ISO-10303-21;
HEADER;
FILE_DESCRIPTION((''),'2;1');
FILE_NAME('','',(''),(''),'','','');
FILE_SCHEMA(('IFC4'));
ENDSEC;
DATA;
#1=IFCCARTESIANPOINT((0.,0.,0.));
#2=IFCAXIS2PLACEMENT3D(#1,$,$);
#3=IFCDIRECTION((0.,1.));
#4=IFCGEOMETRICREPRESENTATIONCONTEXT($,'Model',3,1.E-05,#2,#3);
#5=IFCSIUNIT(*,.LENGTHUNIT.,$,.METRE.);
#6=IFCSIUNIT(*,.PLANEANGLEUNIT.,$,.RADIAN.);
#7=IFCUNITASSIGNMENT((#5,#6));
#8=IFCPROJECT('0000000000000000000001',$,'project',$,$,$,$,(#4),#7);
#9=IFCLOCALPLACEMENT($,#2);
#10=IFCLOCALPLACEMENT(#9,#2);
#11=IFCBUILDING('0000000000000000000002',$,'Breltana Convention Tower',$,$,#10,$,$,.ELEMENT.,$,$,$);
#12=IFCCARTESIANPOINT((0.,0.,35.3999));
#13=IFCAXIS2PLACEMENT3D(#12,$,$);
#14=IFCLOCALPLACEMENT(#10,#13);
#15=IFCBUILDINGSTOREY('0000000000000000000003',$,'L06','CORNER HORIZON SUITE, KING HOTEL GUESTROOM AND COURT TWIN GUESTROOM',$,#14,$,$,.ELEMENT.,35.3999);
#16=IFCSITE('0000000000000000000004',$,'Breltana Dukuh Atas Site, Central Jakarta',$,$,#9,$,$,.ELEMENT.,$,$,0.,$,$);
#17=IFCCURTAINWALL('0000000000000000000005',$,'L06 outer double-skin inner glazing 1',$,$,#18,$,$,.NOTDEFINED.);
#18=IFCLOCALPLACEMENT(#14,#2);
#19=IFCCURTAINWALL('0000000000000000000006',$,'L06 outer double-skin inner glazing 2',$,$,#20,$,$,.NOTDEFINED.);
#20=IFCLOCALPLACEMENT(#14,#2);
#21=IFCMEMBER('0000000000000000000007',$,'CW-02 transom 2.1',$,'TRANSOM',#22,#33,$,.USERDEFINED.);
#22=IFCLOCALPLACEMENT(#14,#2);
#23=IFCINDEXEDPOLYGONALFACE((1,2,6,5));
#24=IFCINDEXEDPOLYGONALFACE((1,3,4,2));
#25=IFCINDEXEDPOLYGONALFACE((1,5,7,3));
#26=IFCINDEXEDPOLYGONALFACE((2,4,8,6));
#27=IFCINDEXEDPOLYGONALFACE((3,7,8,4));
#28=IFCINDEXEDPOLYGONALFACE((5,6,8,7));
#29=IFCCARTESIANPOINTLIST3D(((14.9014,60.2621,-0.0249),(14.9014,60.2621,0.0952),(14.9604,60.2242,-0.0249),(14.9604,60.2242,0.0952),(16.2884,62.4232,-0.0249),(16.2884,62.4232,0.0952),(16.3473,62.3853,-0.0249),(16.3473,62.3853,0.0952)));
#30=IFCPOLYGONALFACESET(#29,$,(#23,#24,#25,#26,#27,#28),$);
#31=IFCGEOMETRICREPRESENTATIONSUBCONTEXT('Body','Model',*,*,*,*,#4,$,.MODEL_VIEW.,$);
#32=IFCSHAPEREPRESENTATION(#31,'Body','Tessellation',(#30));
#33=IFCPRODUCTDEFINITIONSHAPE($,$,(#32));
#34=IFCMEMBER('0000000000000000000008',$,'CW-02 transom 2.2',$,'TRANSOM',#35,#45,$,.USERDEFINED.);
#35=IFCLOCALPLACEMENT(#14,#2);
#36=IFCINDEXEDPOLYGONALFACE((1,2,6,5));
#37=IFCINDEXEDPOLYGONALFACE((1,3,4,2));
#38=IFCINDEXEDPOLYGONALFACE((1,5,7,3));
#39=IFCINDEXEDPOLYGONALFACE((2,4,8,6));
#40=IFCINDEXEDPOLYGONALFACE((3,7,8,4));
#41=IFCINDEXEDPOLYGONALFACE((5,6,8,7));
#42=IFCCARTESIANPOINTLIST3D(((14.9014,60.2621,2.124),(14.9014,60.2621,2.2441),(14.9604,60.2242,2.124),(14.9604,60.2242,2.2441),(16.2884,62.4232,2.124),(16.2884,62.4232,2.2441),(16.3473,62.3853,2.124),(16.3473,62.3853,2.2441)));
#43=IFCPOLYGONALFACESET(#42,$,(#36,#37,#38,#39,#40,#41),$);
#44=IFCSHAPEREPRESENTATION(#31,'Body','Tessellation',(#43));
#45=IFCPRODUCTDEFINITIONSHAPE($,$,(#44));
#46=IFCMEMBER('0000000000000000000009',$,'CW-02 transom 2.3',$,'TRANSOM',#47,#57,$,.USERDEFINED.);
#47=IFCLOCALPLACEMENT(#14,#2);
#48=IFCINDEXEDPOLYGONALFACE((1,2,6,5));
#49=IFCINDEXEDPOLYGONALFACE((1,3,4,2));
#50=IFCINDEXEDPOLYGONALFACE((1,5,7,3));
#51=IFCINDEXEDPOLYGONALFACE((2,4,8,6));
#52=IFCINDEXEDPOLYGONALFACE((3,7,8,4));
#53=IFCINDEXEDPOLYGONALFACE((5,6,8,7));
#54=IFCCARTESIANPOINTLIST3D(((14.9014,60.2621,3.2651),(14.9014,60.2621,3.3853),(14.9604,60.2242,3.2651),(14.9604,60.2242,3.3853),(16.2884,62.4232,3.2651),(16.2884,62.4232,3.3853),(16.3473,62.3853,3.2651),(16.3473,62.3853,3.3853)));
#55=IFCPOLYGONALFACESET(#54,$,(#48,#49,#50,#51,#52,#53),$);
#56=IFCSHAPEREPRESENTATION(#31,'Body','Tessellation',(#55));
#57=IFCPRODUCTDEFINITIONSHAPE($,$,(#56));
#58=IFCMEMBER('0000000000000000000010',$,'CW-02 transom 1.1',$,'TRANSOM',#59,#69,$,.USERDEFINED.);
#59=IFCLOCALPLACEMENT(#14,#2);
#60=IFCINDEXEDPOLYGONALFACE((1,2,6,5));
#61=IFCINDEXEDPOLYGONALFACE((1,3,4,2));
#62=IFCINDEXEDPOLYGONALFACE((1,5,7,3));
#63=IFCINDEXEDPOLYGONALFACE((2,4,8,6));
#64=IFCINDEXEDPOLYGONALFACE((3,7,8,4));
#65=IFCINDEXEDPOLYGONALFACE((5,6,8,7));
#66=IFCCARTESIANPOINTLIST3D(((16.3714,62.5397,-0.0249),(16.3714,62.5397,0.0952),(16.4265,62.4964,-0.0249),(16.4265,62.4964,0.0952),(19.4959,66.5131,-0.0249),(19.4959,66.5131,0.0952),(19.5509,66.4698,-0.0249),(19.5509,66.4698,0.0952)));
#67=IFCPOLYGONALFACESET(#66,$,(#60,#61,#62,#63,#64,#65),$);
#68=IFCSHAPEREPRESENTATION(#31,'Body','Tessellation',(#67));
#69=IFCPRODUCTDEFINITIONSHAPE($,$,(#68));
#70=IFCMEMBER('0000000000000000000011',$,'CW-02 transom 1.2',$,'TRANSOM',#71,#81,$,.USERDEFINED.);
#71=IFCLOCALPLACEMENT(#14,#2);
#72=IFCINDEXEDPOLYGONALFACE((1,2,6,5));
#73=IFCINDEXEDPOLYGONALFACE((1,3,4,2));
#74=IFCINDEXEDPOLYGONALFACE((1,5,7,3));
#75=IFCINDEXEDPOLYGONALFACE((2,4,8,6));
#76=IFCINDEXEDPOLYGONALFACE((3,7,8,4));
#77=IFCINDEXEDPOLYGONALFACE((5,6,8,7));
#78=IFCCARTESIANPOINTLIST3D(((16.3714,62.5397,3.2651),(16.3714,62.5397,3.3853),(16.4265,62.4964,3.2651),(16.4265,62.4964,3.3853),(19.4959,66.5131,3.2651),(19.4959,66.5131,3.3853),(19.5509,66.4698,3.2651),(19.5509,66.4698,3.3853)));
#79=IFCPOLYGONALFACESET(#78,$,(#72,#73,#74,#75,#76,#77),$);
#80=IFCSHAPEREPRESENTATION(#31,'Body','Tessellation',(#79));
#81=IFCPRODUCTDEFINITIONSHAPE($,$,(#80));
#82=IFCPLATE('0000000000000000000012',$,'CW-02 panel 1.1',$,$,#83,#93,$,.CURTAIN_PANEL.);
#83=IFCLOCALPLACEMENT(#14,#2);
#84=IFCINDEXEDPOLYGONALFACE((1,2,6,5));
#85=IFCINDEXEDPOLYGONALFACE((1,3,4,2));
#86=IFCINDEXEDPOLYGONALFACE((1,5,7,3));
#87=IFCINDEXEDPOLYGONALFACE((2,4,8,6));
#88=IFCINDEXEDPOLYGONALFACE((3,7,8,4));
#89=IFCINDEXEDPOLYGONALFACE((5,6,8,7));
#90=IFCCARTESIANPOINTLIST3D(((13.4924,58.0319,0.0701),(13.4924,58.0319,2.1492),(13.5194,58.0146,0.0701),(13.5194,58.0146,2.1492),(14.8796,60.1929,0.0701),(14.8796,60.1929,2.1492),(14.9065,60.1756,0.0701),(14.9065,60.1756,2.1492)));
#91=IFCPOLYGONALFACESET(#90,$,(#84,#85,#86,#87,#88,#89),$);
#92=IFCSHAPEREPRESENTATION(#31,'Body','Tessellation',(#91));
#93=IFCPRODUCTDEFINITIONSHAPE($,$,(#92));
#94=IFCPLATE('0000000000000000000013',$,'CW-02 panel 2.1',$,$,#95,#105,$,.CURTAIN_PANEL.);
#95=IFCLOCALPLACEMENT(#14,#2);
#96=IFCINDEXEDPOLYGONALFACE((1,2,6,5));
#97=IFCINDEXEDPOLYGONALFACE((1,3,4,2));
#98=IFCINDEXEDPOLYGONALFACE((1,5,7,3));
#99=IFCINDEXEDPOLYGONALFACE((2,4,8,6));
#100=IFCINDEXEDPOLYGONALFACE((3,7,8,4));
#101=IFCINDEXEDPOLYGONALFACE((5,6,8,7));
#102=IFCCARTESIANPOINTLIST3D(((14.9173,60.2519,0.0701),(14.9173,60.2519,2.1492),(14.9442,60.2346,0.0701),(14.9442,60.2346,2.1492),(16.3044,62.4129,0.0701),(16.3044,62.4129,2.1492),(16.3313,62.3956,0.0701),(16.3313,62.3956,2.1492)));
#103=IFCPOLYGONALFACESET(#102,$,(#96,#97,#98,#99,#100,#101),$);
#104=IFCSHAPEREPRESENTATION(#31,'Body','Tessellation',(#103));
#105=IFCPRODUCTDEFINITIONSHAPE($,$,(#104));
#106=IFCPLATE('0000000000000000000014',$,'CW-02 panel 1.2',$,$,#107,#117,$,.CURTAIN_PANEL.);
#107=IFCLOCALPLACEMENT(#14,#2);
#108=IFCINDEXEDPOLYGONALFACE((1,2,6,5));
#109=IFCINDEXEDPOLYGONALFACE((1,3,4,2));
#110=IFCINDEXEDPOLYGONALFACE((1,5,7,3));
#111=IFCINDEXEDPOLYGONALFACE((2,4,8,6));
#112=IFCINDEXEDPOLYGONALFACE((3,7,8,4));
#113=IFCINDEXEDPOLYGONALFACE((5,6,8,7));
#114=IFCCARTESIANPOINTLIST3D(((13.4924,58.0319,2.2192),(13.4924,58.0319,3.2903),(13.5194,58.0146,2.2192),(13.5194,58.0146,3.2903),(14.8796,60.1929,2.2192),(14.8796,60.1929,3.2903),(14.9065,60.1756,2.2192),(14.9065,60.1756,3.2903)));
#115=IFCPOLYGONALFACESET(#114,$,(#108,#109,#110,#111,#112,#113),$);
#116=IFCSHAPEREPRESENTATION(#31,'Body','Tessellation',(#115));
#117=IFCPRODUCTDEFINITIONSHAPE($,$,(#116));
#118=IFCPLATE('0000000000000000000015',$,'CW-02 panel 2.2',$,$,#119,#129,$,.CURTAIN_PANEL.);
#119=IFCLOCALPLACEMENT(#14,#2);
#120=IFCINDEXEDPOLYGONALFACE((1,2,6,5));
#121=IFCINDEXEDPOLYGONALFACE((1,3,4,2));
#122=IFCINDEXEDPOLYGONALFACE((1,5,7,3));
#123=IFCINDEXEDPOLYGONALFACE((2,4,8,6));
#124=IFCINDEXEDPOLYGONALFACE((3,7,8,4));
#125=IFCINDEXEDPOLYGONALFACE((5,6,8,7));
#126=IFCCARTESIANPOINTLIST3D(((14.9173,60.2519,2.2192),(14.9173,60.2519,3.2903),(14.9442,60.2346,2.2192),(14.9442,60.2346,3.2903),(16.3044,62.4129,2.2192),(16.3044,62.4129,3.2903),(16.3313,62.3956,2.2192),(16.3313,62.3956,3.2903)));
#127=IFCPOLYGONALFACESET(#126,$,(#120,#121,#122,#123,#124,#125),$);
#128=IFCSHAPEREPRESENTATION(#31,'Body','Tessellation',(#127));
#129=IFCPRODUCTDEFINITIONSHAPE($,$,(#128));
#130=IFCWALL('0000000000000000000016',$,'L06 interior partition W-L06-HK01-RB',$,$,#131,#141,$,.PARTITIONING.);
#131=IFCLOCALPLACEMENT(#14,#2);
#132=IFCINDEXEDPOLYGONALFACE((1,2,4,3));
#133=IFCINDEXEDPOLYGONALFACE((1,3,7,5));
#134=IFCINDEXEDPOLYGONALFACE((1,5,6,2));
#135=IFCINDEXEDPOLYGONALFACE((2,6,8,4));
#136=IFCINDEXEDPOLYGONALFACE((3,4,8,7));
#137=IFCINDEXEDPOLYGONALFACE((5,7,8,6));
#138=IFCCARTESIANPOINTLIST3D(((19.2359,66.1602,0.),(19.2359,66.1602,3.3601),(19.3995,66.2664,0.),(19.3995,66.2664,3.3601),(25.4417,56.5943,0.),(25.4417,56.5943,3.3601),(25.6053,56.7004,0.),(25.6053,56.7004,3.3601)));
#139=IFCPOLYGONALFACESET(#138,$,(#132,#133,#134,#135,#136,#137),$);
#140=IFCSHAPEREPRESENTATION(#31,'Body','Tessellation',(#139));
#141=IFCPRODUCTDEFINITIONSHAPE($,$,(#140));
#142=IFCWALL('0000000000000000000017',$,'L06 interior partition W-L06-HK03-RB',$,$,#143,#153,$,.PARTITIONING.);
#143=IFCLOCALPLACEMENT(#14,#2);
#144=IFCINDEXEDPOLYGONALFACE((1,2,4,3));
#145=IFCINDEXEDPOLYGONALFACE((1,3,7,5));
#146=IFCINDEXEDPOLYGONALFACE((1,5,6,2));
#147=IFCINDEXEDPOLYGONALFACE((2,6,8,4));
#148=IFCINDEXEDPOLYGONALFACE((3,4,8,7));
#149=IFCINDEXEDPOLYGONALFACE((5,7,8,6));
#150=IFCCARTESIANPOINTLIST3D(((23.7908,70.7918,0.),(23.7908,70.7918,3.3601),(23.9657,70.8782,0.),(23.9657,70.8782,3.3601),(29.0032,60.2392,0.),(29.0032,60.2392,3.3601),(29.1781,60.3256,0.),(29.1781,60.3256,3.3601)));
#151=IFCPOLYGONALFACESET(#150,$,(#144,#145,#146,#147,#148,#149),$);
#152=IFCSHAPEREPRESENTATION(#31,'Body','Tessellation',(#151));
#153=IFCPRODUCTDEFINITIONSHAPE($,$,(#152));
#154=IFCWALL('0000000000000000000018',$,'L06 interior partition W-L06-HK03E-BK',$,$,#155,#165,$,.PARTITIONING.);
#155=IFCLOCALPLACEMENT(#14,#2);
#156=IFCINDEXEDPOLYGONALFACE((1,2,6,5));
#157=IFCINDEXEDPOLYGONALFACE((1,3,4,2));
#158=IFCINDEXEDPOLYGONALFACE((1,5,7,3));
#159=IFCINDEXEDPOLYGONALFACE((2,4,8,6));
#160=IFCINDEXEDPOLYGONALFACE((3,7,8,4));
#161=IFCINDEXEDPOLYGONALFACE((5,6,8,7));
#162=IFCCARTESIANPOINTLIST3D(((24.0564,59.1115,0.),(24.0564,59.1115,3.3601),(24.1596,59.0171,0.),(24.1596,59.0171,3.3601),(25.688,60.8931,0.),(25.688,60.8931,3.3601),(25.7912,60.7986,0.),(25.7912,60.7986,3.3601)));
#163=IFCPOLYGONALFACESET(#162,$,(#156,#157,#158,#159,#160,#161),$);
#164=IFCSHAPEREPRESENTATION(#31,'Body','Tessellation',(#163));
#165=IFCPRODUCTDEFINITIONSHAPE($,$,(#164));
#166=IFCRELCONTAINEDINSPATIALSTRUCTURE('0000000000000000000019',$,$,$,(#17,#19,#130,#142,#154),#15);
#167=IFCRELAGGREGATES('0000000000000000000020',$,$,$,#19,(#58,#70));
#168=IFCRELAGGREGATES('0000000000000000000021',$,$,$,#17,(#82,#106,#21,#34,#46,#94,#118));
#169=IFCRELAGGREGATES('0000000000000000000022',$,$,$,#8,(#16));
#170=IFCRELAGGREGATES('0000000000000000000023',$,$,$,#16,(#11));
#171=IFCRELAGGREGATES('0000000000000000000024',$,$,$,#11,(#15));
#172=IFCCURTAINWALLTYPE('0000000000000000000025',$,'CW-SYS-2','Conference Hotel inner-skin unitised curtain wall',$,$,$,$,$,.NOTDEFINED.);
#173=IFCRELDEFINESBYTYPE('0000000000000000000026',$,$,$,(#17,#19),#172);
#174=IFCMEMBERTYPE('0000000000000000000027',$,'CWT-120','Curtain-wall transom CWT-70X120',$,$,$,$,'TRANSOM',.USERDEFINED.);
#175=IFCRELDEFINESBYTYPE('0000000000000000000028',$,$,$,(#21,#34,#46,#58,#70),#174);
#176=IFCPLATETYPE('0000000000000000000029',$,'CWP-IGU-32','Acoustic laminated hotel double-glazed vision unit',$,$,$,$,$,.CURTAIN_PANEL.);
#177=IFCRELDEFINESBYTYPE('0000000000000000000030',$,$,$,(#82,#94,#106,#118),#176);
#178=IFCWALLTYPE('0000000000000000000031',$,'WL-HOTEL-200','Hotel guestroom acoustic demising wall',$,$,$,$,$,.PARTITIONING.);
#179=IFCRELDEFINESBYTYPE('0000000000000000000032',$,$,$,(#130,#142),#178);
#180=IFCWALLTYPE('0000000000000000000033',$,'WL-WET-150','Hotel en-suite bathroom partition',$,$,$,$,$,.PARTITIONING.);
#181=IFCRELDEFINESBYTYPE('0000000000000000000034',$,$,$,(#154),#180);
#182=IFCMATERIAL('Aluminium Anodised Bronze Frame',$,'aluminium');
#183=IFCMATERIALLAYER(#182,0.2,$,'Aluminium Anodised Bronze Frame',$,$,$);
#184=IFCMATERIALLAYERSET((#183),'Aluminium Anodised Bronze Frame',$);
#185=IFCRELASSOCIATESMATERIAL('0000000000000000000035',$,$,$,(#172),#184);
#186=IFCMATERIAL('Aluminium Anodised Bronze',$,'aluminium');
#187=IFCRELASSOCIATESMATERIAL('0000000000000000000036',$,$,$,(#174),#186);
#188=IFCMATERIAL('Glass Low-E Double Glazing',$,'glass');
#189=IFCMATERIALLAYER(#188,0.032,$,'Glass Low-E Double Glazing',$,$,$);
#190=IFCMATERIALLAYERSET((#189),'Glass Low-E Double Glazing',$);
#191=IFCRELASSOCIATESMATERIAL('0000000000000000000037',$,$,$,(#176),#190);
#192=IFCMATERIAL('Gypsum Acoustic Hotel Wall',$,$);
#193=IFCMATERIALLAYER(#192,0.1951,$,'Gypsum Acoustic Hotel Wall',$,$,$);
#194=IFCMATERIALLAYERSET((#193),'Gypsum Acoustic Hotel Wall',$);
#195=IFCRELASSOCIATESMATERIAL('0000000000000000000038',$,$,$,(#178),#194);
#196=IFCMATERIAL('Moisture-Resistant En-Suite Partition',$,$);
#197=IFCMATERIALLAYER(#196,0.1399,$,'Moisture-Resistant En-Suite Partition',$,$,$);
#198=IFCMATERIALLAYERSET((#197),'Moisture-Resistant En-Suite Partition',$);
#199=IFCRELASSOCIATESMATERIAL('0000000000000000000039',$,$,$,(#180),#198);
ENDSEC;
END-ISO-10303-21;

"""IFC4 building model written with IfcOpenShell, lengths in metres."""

from ifc_helpers import new_model, si_unit, direction, frame, frame_2d, origin, origin_2d, place, context, subcontext, project, spatial, rectangle, extrude, source, transform, mapped, material, layer, layer_set, material_profile, profile_set, type_object, type_shapes, element, aggregate, save


model = new_model("IFC4")

# Units and contexts
model_context = context("Model", 3, precision=1e-05, world=origin(), true_north=direction((0.0, 1.0)))
body_context = subcontext(model_context, "Body", "Model", "MODEL_VIEW")
ifc_project = project(units=[si_unit("LENGTHUNIT", "METRE"), si_unit("PLANEANGLEUNIT", "RADIAN")], contexts=[model_context])

# Site, building, storey
site_placement = place(None, origin())
site = spatial("IfcSite", under=ifc_project, at=site_placement, Name="Breltana Dukuh Atas Site, Central Jakarta", CompositionType="ELEMENT", RefElevation=0.0)
building_placement = place(site_placement, origin())
building = spatial("IfcBuilding", under=site, at=building_placement, Name="Breltana Convention Tower", CompositionType="ELEMENT")
storey_placement = place(building_placement, frame((0.0, 0.0, 35.3999)))
storey = spatial("IfcBuildingStorey", under=building, at=storey_placement, Name="L06", Description="CORNER HORIZON SUITE, KING HOTEL GUESTROOM AND COURT TWIN GUESTROOM", CompositionType="ELEMENT", Elevation=35.3999)

# Curtain wall
ifc_material_1 = material(Name="Aluminium Anodised Bronze Frame", Category="aluminium")
ifc_layer_1 = layer(ifc_material_1, 0.2, Name="Aluminium Anodised Bronze Frame")
ifc_layer_set_1 = layer_set([ifc_layer_1], Name="Aluminium Anodised Bronze Frame")
curtain_wall_type = type_object("IfcCurtainWallType", Name="CW-SYS-2", Description="Conference Hotel inner-skin unitised curtain wall", PredefinedType="NOTDEFINED", material=ifc_layer_set_1)
curtain_wall_1_placement = place(storey_placement, origin())
curtain_wall_1 = element("IfcCurtainWall", 1, at=curtain_wall_1_placement, inside=storey, type_object=curtain_wall_type, Name="L06 outer double-skin inner glazing 1", PredefinedType="NOTDEFINED")
ifc_material_2 = material(Name="Aluminium Anodised Bronze", Category="aluminium")

# Curtain wall
curtain_wall_2_placement = place(storey_placement, origin())
curtain_wall_2 = element("IfcCurtainWall", 2, at=curtain_wall_2_placement, inside=storey, type_object=curtain_wall_type, Name="L06 outer double-skin inner glazing 2", PredefinedType="NOTDEFINED")

# Members
ifc_material_profile_1 = material_profile(ifc_material_2, rectangle(XDim=0.0701, YDim=0.1201, at=origin_2d()), Name="CWT-70X120")
ifc_profile_set_1 = profile_set([ifc_material_profile_1], Name="Aluminium Anodised Bronze")
member_type_1 = type_object("IfcMemberType", Name="CWT-120", Description="Curtain-wall transom CWT-70X120", ElementType="TRANSOM", PredefinedType="USERDEFINED", material=ifc_profile_set_1)
shared_shape_1 = source(origin(), body_context, "Body", "SweptSolid", [
    extrude(rectangle(XDim=0.0701, YDim=0.1201, at=origin_2d()), origin(), (0.0, 0.0, 1.0), 2.5679),
])
type_shapes(member_type_1, [shared_shape_1])
member_1_placement = place(storey_placement, frame((14.9309, 60.2432, 0.0352), z_axis=(0.540114, 0.841592, 0.0), x_axis=(-0.841592, 0.540114, 0.0)))
member_1 = element("IfcMember", 3, at=member_1_placement, type_object=member_type_1, Name="CW-02 transom 2.1", ObjectType="TRANSOM", PredefinedType="USERDEFINED", context=body_context, shape_type="MappedRepresentation", body=[
    mapped(shared_shape_1, transform((0.0, 0.0, 0.0), scale=1.0)),
])
member_2_placement = place(storey_placement, frame((14.9309, 60.2432, 2.1841), z_axis=(0.540114, 0.841592, 0.0), x_axis=(-0.841592, 0.540114, 0.0)))
member_2 = element("IfcMember", 4, at=member_2_placement, type_object=member_type_1, Name="CW-02 transom 2.2", ObjectType="TRANSOM", PredefinedType="USERDEFINED", context=body_context, shape_type="MappedRepresentation", body=[
    mapped(shared_shape_1, transform((0.0, 0.0, 0.0), scale=1.0)),
])
member_3_placement = place(storey_placement, frame((14.9309, 60.2432, 3.3252), z_axis=(0.540114, 0.841592, 0.0), x_axis=(-0.841592, 0.540114, 0.0)))
member_3 = element("IfcMember", 5, at=member_3_placement, type_object=member_type_1, Name="CW-02 transom 2.3", ObjectType="TRANSOM", PredefinedType="USERDEFINED", context=body_context, shape_type="MappedRepresentation", body=[
    mapped(shared_shape_1, transform((0.0, 0.0, 0.0), scale=1.0)),
])
shared_shape_2 = source(origin(), body_context, "Body", "SweptSolid", [
    extrude(rectangle(XDim=0.0701, YDim=0.1201, at=origin_2d()), origin(), (0.0, 0.0, 1.0), 5.0547),
])
member_4_placement = place(storey_placement, frame((16.3989, 62.5181, 0.0352), z_axis=(0.618135, 0.786072, 0.0), x_axis=(-0.786072, 0.618135, 0.0)))
member_4 = element("IfcMember", 6, at=member_4_placement, type_object=member_type_1, Name="CW-02 transom 1.1", ObjectType="TRANSOM", PredefinedType="USERDEFINED", context=body_context, shape_type="MappedRepresentation", body=[
    mapped(shared_shape_2, transform((0.0, 0.0, 0.0), scale=1.0)),
])
member_5_placement = place(storey_placement, frame((16.3989, 62.5181, 3.3252), z_axis=(0.618135, 0.786072, 0.0), x_axis=(-0.786072, 0.618135, 0.0)))
member_5 = element("IfcMember", 7, at=member_5_placement, type_object=member_type_1, Name="CW-02 transom 1.2", ObjectType="TRANSOM", PredefinedType="USERDEFINED", context=body_context, shape_type="MappedRepresentation", body=[
    mapped(shared_shape_2, transform((0.0, 0.0, 0.0), scale=1.0)),
])
aggregate(curtain_wall_2, [member_4, member_5])

# Plates
ifc_material_3 = material(Name="Glass Low-E Double Glazing", Category="glass")
ifc_layer_2 = layer(ifc_material_3, 0.032, Name="Glass Low-E Double Glazing")
ifc_layer_set_2 = layer_set([ifc_layer_2], Name="Glass Low-E Double Glazing")
plate_type = type_object("IfcPlateType", Name="CWP-IGU-32", Description="Acoustic laminated hotel double-glazed vision unit", PredefinedType="CURTAIN_PANEL", material=ifc_layer_set_2)
shared_shape_3 = source(origin(), body_context, "Body", "SweptSolid", [
    extrude(rectangle(XDim=2.5679, YDim=0.032, at=origin_2d()), origin(), (0.0, 0.0, 1.0), 2.0791),
])
type_shapes(plate_type, [shared_shape_3])
plate_1_placement = place(storey_placement, frame((14.1995, 59.1038, 0.0701), z_axis=(0.0, 0.0, 1.0), x_axis=(0.540181, 0.841549, 0.0)))
plate_1 = element("IfcPlate", 8, at=plate_1_placement, type_object=plate_type, Name="CW-02 panel 1.1", PredefinedType="CURTAIN_PANEL", context=body_context, shape_type="MappedRepresentation", body=[
    mapped(shared_shape_3, transform((0.0, 0.0, 0.0), scale=1.0)),
])
plate_2_placement = place(storey_placement, frame((15.6243, 61.3237, 0.0701), z_axis=(0.0, 0.0, 1.0), x_axis=(0.540181, 0.841549, 0.0)))
plate_2 = element("IfcPlate", 9, at=plate_2_placement, type_object=plate_type, Name="CW-02 panel 2.1", PredefinedType="CURTAIN_PANEL", context=body_context, shape_type="MappedRepresentation", body=[
    mapped(shared_shape_3, transform((0.0, 0.0, 0.0), scale=1.0)),
])
shared_shape_4 = source(origin(), body_context, "Body", "SweptSolid", [
    extrude(rectangle(XDim=2.5679, YDim=0.032, at=origin_2d()), origin(), (0.0, 0.0, 1.0), 1.071),
])
plate_3_placement = place(storey_placement, frame((14.1995, 59.1038, 2.2192), z_axis=(0.0, 0.0, 1.0), x_axis=(0.540181, 0.841549, 0.0)))
plate_3 = element("IfcPlate", 10, at=plate_3_placement, type_object=plate_type, Name="CW-02 panel 1.2", PredefinedType="CURTAIN_PANEL", context=body_context, shape_type="MappedRepresentation", body=[
    mapped(shared_shape_4, transform((0.0, 0.0, 0.0), scale=1.0)),
])
plate_4_placement = place(storey_placement, frame((15.6243, 61.3237, 2.2192), z_axis=(0.0, 0.0, 1.0), x_axis=(0.540181, 0.841549, 0.0)))
plate_4 = element("IfcPlate", 11, at=plate_4_placement, type_object=plate_type, Name="CW-02 panel 2.2", PredefinedType="CURTAIN_PANEL", context=body_context, shape_type="MappedRepresentation", body=[
    mapped(shared_shape_4, transform((0.0, 0.0, 0.0), scale=1.0)),
])
aggregate(curtain_wall_1, [plate_1, plate_3, member_1, member_2, member_3, plate_2, plate_4])

# Wall
ifc_material_4 = material(Name="Gypsum Acoustic Hotel Wall")
ifc_layer_3 = layer(ifc_material_4, 0.1951, Name="Gypsum Acoustic Hotel Wall")
ifc_layer_set_3 = layer_set([ifc_layer_3], Name="Gypsum Acoustic Hotel Wall")
wall_type_1 = type_object("IfcWallType", Name="WL-HOTEL-200", Description="Hotel guestroom acoustic demising wall", PredefinedType="PARTITIONING", material=ifc_layer_set_3)
shared_shape_5 = source(origin(), body_context, "Body", "SweptSolid", [
    extrude(rectangle(XDim=11.4026, YDim=0.1951, at=frame_2d((5.7012, 0.0))), origin(), (0.0, 0.0, 1.0), 3.3601),
])
wall_1_placement = place(storey_placement, frame((25.5234, 56.6475, 0.0), z_axis=(0.0, 0.0, 1.0), x_axis=(-0.544246, 0.838926, 0.0)))
element("IfcWall", 12, at=wall_1_placement, inside=storey, type_object=wall_type_1, Name="L06 interior partition W-L06-HK01-RB", PredefinedType="PARTITIONING", context=body_context, shape_type="MappedRepresentation", body=[
    mapped(shared_shape_5, transform((0.0, 0.0, 0.0), scale=1.0)),
])

# Walls
shared_shape_6 = source(origin(), body_context, "Body", "SweptSolid", [
    extrude(rectangle(XDim=11.7698, YDim=0.1951, at=frame_2d((5.8848, 0.0))), origin(), (0.0, 0.0, 1.0), 3.3601),
])
wall_2_placement = place(storey_placement, frame((29.0906, 60.2825, 0.0), z_axis=(0.0, 0.0, 1.0), x_axis=(-0.442861, 0.89659, 0.0)))
element("IfcWall", 13, at=wall_2_placement, inside=storey, type_object=wall_type_1, Name="L06 interior partition W-L06-HK03-RB", PredefinedType="PARTITIONING", context=body_context, shape_type="MappedRepresentation", body=[
    mapped(shared_shape_6, transform((0.0, 0.0, 0.0), scale=1.0)),
])
ifc_material_5 = material(Name="Moisture-Resistant En-Suite Partition")
ifc_layer_4 = layer(ifc_material_5, 0.1399, Name="Moisture-Resistant En-Suite Partition")
ifc_layer_set_4 = layer_set([ifc_layer_4], Name="Moisture-Resistant En-Suite Partition")
wall_type_2 = type_object("IfcWallType", Name="WL-WET-150", Description="Hotel en-suite bathroom partition", PredefinedType="PARTITIONING", material=ifc_layer_set_4)
shared_shape_7 = source(origin(), body_context, "Body", "SweptSolid", [
    extrude(rectangle(XDim=2.4158, YDim=0.1399, at=frame_2d((1.208, 0.0))), origin(), (0.0, 0.0, 1.0), 3.3601),
])
wall_3_placement = place(storey_placement, frame((24.1079, 59.0642, 0.0), z_axis=(0.0, 0.0, 1.0), x_axis=(0.6754, 0.737452, 0.0)))
element("IfcWall", 14, at=wall_3_placement, inside=storey, type_object=wall_type_2, Name="L06 interior partition W-L06-HK03E-BK", PredefinedType="PARTITIONING", context=body_context, shape_type="MappedRepresentation", body=[
    mapped(shared_shape_7, transform((0.0, 0.0, 0.0), scale=1.0)),
])

save(model, "model.ifc")
